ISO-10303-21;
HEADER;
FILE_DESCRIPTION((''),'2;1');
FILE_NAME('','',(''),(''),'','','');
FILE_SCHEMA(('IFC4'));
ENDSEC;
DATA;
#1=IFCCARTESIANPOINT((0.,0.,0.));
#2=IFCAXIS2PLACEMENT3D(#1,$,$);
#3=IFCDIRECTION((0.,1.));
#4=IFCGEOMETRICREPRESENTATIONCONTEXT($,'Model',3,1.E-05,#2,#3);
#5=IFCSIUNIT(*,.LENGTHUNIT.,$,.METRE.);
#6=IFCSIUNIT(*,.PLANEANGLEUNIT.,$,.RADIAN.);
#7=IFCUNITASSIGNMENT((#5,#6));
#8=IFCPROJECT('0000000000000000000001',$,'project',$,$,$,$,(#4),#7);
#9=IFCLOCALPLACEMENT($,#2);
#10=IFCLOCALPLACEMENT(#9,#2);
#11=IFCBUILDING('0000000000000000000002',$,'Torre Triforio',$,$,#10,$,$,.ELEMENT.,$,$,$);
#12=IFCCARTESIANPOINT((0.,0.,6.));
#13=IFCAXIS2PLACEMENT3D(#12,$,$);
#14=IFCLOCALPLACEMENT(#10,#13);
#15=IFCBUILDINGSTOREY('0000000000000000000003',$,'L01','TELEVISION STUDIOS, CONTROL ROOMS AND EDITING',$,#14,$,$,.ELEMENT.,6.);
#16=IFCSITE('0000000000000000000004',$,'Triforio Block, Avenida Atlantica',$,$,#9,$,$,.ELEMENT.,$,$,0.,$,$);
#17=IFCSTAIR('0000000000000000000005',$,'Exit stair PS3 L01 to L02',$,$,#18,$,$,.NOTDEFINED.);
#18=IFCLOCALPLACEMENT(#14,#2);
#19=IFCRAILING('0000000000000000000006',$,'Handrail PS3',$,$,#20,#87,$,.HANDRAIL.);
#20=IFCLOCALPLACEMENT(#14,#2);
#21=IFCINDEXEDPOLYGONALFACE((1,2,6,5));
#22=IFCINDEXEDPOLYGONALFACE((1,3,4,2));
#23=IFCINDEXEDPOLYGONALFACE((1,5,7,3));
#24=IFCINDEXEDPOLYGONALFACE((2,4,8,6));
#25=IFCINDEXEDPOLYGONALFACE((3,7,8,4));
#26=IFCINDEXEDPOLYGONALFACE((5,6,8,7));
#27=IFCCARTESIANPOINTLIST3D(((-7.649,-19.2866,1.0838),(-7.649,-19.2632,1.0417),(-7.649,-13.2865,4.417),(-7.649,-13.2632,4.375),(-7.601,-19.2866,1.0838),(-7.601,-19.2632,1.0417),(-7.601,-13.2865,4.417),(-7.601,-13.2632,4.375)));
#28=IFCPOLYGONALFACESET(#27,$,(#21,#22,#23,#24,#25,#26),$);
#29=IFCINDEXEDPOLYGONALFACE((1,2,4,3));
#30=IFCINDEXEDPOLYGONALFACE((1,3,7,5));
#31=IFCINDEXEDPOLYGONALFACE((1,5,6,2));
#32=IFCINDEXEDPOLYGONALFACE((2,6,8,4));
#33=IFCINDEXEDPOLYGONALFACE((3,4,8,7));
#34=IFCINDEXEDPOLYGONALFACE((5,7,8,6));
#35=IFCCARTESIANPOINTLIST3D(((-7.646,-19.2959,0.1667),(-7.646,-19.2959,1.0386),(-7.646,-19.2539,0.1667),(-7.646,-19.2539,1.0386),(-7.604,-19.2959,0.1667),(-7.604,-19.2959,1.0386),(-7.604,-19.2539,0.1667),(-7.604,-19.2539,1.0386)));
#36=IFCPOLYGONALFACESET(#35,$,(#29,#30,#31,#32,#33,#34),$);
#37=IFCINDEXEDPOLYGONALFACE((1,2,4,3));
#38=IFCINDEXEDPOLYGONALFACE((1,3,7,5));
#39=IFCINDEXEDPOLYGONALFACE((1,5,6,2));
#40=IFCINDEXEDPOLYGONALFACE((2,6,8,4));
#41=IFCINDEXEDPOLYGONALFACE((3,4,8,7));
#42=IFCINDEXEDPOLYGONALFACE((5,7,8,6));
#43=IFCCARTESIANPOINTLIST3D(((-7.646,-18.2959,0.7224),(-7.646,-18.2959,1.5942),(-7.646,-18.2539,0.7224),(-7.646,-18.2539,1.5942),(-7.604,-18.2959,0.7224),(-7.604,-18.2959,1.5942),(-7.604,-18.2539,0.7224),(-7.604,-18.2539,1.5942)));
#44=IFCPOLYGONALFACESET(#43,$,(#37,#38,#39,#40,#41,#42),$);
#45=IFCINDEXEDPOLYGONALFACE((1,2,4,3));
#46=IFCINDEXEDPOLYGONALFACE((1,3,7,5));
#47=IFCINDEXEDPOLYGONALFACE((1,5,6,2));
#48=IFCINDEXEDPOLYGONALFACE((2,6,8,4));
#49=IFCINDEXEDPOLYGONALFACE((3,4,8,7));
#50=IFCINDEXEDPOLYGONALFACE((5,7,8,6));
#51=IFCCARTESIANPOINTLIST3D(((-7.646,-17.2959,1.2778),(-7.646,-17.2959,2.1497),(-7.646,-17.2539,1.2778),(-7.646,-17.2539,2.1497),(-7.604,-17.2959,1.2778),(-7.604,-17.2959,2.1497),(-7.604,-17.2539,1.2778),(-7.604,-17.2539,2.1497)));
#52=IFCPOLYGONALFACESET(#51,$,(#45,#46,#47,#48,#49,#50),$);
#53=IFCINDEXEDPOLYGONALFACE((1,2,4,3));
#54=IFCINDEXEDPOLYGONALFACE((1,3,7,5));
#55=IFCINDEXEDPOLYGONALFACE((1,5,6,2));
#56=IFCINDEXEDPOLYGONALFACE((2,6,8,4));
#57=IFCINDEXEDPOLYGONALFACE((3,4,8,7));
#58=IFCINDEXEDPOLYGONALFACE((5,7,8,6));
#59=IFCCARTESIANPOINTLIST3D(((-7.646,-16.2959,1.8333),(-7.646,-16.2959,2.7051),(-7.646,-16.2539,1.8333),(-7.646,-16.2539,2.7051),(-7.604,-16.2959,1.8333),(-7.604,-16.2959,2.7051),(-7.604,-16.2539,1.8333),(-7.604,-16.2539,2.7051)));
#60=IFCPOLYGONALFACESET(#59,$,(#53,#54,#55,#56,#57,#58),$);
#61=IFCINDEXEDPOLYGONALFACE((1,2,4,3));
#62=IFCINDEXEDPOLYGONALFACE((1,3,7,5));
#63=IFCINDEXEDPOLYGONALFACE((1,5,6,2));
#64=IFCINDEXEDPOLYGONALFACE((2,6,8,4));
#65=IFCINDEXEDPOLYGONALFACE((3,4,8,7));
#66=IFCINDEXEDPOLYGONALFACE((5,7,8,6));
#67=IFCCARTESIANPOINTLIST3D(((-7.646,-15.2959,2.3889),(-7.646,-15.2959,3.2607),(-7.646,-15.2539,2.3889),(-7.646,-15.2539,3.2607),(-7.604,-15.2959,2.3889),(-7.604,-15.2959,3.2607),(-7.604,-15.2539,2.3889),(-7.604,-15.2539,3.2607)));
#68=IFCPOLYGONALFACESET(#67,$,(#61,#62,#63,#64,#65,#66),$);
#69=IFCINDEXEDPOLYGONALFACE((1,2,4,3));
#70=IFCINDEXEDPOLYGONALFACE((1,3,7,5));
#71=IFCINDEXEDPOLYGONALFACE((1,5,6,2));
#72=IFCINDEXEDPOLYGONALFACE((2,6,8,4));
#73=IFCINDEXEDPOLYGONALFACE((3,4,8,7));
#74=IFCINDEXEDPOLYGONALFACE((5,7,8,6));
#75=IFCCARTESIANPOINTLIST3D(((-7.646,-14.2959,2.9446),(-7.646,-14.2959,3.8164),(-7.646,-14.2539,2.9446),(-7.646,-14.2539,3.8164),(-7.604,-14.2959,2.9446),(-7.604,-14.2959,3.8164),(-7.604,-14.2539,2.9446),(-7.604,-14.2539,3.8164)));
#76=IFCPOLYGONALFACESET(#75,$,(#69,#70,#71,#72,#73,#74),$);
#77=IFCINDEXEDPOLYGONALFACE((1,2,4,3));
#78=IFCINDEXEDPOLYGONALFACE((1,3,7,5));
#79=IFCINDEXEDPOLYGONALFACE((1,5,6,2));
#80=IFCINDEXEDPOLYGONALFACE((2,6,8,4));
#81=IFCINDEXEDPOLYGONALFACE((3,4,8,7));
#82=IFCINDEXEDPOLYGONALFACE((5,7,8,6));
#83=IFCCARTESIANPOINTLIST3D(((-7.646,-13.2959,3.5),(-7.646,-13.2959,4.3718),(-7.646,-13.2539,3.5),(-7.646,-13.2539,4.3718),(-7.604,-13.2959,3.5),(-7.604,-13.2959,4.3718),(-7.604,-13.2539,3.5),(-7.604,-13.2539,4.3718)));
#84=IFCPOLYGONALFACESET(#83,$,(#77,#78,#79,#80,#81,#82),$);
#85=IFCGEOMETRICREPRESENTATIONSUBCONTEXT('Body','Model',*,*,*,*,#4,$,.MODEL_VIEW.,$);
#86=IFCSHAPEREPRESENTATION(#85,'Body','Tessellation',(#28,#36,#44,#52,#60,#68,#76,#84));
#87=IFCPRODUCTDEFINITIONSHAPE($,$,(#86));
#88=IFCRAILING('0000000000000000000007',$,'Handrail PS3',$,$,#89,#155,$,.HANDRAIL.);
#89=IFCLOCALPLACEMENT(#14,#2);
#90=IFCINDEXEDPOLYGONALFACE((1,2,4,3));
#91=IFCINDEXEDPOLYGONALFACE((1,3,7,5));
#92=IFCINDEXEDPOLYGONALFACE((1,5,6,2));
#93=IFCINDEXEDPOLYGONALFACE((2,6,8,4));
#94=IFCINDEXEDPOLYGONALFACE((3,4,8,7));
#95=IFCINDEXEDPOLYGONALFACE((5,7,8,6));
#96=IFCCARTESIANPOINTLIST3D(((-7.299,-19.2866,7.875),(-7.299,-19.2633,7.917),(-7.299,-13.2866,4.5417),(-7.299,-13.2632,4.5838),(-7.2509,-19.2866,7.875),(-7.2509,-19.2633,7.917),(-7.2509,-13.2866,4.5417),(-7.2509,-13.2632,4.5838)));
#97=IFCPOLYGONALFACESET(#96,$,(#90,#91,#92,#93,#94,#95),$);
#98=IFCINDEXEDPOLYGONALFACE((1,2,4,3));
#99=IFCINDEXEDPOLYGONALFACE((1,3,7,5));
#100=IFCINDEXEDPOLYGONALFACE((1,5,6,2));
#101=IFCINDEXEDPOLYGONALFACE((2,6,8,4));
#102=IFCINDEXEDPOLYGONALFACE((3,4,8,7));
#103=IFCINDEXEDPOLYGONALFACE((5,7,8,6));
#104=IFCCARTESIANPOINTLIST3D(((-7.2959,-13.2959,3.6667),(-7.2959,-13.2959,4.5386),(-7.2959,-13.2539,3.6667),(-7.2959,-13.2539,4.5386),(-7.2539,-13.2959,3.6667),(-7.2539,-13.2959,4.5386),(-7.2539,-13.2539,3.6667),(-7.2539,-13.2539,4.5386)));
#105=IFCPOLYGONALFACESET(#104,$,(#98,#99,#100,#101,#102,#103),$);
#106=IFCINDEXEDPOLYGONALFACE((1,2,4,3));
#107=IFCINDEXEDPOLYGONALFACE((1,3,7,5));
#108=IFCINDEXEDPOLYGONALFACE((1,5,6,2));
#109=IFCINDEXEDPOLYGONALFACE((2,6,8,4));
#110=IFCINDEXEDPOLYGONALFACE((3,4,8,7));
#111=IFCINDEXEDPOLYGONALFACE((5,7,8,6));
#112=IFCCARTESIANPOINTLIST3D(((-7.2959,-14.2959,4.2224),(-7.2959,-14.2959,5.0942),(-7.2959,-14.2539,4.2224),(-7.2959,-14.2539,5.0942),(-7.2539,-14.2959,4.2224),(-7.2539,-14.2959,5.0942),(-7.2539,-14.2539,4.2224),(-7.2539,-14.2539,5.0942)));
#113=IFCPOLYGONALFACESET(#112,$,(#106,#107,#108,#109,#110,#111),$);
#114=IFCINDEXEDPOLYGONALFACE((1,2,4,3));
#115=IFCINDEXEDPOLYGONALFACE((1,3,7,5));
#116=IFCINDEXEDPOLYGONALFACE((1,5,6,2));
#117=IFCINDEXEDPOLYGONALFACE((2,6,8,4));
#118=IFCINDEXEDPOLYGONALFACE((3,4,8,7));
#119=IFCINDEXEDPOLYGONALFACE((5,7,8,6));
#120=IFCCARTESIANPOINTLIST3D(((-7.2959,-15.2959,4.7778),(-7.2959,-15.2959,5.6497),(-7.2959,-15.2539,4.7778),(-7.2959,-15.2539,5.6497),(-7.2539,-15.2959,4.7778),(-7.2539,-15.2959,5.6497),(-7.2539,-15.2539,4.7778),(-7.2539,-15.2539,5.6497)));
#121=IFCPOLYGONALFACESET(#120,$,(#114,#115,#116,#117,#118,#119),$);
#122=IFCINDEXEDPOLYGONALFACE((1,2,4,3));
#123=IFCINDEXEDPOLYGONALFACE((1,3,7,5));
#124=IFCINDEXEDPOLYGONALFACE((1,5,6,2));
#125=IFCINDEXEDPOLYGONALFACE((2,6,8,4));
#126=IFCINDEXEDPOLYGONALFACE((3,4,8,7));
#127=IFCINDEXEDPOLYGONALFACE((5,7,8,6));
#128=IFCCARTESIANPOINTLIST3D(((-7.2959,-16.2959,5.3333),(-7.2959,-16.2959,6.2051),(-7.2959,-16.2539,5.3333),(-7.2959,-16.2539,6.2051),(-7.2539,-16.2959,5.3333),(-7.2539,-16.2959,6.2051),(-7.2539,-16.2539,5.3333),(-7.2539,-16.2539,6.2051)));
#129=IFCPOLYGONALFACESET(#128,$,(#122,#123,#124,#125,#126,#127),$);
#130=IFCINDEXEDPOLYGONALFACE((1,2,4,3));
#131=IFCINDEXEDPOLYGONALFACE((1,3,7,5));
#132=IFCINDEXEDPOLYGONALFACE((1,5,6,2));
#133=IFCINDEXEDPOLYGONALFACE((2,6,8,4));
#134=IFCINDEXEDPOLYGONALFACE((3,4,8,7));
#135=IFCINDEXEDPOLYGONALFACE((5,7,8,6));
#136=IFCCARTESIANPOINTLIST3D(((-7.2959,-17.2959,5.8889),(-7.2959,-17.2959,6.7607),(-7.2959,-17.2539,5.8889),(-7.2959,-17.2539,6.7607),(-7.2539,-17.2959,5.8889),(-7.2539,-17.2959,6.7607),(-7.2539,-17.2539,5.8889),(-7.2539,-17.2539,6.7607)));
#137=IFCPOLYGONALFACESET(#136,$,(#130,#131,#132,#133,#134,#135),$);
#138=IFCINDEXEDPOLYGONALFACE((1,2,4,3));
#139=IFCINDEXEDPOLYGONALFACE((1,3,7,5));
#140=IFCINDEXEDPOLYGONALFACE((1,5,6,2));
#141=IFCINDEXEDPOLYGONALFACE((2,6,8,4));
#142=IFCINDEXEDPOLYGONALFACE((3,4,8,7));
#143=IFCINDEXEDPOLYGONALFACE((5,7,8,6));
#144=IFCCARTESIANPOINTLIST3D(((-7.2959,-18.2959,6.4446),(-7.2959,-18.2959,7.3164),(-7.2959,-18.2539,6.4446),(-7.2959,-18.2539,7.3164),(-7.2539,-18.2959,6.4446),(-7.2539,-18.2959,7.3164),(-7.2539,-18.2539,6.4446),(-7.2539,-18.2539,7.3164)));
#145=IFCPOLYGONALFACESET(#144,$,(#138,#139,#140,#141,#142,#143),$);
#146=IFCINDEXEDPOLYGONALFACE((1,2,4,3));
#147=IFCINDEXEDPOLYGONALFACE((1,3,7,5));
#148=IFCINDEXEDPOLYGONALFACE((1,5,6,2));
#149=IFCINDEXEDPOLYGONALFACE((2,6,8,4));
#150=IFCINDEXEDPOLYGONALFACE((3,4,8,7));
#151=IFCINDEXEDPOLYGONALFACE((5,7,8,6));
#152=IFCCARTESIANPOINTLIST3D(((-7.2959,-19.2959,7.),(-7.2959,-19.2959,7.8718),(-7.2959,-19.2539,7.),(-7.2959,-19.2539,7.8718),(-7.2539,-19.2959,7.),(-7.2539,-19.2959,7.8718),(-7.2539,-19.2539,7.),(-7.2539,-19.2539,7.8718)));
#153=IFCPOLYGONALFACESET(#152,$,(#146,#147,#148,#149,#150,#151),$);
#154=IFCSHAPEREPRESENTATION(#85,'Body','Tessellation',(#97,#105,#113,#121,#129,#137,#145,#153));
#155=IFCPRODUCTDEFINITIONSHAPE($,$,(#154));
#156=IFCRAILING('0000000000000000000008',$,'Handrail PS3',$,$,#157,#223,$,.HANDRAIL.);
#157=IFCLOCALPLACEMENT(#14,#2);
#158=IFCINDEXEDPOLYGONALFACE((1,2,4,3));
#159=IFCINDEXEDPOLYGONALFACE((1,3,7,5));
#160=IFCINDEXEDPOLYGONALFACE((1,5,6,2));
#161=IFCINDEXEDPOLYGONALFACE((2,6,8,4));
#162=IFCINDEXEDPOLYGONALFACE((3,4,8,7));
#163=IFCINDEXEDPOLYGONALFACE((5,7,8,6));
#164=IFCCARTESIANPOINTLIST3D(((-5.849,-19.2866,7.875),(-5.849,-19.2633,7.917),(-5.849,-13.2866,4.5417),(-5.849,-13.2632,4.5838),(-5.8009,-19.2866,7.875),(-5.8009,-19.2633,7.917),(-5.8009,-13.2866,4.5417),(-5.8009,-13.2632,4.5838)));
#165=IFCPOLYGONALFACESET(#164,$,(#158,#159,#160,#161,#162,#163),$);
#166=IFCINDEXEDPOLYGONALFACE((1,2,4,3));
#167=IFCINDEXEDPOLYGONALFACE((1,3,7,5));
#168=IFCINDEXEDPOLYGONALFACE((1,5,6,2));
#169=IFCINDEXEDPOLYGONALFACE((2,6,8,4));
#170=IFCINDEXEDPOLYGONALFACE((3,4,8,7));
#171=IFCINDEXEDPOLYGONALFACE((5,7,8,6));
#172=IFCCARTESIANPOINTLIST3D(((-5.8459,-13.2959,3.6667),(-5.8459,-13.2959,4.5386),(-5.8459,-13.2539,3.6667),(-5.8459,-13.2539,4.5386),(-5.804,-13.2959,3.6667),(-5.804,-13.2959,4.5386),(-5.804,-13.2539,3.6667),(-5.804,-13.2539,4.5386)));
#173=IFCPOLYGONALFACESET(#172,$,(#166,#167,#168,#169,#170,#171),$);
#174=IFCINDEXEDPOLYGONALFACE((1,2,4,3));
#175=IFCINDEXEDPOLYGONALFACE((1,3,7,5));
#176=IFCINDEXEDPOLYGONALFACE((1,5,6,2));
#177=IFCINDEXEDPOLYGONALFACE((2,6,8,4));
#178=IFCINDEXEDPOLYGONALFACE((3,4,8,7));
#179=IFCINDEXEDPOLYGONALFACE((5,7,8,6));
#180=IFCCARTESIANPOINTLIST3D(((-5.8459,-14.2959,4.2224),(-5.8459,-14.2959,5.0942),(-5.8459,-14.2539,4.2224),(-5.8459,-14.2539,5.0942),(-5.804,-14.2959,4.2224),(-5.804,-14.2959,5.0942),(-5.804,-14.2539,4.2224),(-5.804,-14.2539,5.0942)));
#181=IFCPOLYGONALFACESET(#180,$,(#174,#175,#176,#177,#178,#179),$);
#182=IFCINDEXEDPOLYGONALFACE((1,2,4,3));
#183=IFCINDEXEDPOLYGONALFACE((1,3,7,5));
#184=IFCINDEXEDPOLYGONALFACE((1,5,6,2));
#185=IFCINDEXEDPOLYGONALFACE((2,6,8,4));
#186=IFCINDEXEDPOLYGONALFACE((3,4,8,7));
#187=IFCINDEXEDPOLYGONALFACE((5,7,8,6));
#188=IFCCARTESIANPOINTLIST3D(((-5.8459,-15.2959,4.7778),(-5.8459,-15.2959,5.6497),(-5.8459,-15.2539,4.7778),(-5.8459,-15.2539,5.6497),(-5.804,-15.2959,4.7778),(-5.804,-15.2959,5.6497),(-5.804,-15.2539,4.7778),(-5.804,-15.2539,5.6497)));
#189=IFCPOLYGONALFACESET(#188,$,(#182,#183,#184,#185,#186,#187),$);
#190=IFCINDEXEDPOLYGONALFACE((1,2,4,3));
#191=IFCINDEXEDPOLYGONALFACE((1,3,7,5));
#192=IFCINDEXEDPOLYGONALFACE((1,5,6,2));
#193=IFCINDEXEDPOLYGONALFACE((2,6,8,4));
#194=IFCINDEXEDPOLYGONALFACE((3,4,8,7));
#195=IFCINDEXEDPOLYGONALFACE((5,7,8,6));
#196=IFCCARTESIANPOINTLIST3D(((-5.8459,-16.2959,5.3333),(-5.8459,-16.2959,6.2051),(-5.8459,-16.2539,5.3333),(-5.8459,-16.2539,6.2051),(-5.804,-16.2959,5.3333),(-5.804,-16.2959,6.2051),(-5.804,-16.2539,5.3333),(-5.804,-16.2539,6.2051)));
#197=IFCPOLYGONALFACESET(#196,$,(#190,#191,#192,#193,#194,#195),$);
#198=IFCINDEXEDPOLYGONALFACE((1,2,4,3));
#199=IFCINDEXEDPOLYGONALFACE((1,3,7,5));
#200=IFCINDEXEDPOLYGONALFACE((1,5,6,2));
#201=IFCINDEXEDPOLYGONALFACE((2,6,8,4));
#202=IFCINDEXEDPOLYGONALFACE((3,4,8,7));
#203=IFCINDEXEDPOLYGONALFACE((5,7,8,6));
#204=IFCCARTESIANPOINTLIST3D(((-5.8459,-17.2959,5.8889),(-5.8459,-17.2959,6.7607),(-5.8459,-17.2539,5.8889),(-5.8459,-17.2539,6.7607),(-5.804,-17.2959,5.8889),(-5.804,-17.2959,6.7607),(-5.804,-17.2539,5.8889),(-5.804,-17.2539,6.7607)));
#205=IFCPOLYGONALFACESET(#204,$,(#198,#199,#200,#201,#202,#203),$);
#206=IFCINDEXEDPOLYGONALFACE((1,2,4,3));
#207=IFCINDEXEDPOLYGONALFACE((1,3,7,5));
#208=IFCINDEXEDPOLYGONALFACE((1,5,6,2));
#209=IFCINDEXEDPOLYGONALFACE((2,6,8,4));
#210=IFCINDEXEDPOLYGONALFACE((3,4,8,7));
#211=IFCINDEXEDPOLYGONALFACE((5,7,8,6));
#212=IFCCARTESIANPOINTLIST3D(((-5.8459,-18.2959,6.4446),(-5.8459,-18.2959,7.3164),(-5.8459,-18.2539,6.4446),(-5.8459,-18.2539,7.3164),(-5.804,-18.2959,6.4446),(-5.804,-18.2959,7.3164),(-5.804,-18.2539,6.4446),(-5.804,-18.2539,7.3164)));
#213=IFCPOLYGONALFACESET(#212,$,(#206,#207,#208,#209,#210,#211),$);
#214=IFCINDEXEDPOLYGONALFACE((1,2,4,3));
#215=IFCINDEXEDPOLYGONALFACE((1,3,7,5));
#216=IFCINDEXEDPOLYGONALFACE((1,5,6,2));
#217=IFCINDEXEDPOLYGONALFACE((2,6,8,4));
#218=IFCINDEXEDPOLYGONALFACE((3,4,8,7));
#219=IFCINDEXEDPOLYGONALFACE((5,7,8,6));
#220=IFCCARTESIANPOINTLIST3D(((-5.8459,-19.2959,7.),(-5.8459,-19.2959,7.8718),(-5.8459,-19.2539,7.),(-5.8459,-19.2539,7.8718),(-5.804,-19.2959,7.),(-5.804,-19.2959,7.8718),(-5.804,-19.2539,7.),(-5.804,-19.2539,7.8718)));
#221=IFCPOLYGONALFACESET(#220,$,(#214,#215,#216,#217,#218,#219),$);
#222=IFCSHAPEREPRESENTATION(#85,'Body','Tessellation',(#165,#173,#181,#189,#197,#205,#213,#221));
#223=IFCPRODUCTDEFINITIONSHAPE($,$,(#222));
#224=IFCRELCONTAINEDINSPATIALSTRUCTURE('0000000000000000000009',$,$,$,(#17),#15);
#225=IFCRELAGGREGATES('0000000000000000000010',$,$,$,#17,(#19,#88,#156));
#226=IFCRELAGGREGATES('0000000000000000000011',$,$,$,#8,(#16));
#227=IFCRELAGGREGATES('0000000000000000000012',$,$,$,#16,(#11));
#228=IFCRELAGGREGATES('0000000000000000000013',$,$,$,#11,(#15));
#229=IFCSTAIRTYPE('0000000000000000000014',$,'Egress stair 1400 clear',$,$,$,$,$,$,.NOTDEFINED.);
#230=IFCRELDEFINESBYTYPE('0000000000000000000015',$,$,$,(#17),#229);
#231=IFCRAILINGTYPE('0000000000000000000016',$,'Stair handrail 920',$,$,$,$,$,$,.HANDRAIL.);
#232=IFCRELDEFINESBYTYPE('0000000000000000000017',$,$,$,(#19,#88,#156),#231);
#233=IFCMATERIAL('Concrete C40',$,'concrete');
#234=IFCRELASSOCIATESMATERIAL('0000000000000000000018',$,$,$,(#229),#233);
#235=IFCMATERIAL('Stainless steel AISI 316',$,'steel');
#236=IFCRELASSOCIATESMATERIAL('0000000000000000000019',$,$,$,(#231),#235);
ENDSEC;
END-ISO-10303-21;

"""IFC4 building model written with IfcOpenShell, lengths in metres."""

from ifc_helpers import new_model, si_unit, direction, frame, origin, origin_2d, place, context, subcontext, project, spatial, rectangle, extrude, material, type_object, element, aggregate, save


model = new_model("IFC4")

# Units and contexts
model_context = context("Model", 3, precision=1e-05, world=origin(), true_north=direction((0.0, 1.0)))
body_context = subcontext(model_context, "Body", "Model", "MODEL_VIEW")
ifc_project = project(units=[si_unit("LENGTHUNIT", "METRE"), si_unit("PLANEANGLEUNIT", "RADIAN")], contexts=[model_context])

# Site, building, storey
site_placement = place(None, origin())
site = spatial("IfcSite", under=ifc_project, at=site_placement, Name="Triforio Block, Avenida Atlantica", CompositionType="ELEMENT", RefElevation=0.0)
building_placement = place(site_placement, origin())
building = spatial("IfcBuilding", under=site, at=building_placement, Name="Torre Triforio", CompositionType="ELEMENT")
storey_placement = place(building_placement, frame((0.0, 0.0, 6.0)))
storey = spatial("IfcBuildingStorey", under=building, at=storey_placement, Name="L01", Description="TELEVISION STUDIOS, CONTROL ROOMS AND EDITING", CompositionType="ELEMENT", Elevation=6.0)

# Shared definitions
ifc_material_1 = material(Name="Concrete C40", Category="concrete")

# Stair, railings
stair_type = type_object("IfcStairType", Name="Egress stair 1400 clear", PredefinedType="NOTDEFINED", material=ifc_material_1)
stair_placement = place(storey_placement, origin())
stair = element("IfcStair", 1, at=stair_placement, inside=storey, type_object=stair_type, Name="Exit stair PS3 L01 to L02", PredefinedType="NOTDEFINED")
ifc_material_2 = material(Name="Stainless steel AISI 316", Category="steel")
railing_type_1 = type_object("IfcRailingType", Name="Stair handrail 920", PredefinedType="HANDRAIL", material=ifc_material_2)
railing_1_placement = place(storey_placement, frame((-7.625, -19.2749, 0.1667)))
railing_1 = element("IfcRailing", 2, at=railing_1_placement, type_object=railing_type_1, Name="Handrail PS3", PredefinedType="HANDRAIL", context=body_context, shape_type="SweptSolid", body=[
    extrude(rectangle(XDim=0.0481, YDim=0.0481, at=origin_2d()), frame((0.0, 0.0, 0.896), z_axis=(0.0, 0.874162, 0.485634), x_axis=(-1.0, 0.0, 0.0)), (0.0, 0.0, 1.0), 6.8638),
    extrude(rectangle(XDim=0.042, YDim=0.042, at=origin_2d()), origin(), (0.0, 0.0, 1.0), 0.8718),
    extrude(rectangle(XDim=0.042, YDim=0.042, at=origin_2d()), frame((0.0, 1.0, 0.5557)), (0.0, 0.0, 1.0), 0.8718),
    extrude(rectangle(XDim=0.042, YDim=0.042, at=origin_2d()), frame((0.0, 2.0, 1.1111)), (0.0, 0.0, 1.0), 0.8718),
    extrude(rectangle(XDim=0.042, YDim=0.042, at=origin_2d()), frame((0.0, 3.0, 1.6665)), (0.0, 0.0, 1.0), 0.8718),
    extrude(rectangle(XDim=0.042, YDim=0.042, at=origin_2d()), frame((0.0, 4.0, 2.2222)), (0.0, 0.0, 1.0), 0.8718),
    extrude(rectangle(XDim=0.042, YDim=0.042, at=origin_2d()), frame((0.0, 5.0, 2.7778)), (0.0, 0.0, 1.0), 0.8718),
    extrude(rectangle(XDim=0.042, YDim=0.042, at=origin_2d()), frame((0.0, 6.0, 3.3333)), (0.0, 0.0, 1.0), 0.8718),
])
railing_2_placement = place(storey_placement, frame((-7.2749, -13.2749, 3.6667)))
railing_2 = element("IfcRailing", 3, at=railing_2_placement, type_object=railing_type_1, Name="Handrail PS3", PredefinedType="HANDRAIL", context=body_context, shape_type="SweptSolid", body=[
    extrude(rectangle(XDim=0.0481, YDim=0.0481, at=origin_2d()), frame((0.0, 0.0, 0.896), z_axis=(0.0, -0.874162, 0.485634), x_axis=(1.0, 0.0, 0.0)), (0.0, 0.0, 1.0), 6.8638),
    extrude(rectangle(XDim=0.042, YDim=0.042, at=origin_2d()), origin(), (0.0, 0.0, 1.0), 0.8718),
    extrude(rectangle(XDim=0.042, YDim=0.042, at=origin_2d()), frame((0.0, -1.0, 0.5557)), (0.0, 0.0, 1.0), 0.8718),
    extrude(rectangle(XDim=0.042, YDim=0.042, at=origin_2d()), frame((0.0, -2.0, 1.1111)), (0.0, 0.0, 1.0), 0.8718),
    extrude(rectangle(XDim=0.042, YDim=0.042, at=origin_2d()), frame((0.0, -3.0, 1.6665)), (0.0, 0.0, 1.0), 0.8718),
    extrude(rectangle(XDim=0.042, YDim=0.042, at=origin_2d()), frame((0.0, -4.0, 2.2222)), (0.0, 0.0, 1.0), 0.8718),
    extrude(rectangle(XDim=0.042, YDim=0.042, at=origin_2d()), frame((0.0, -5.0, 2.7778)), (0.0, 0.0, 1.0), 0.8718),
    extrude(rectangle(XDim=0.042, YDim=0.042, at=origin_2d()), frame((0.0, -6.0, 3.3333)), (0.0, 0.0, 1.0), 0.8718),
])
railing_3_placement = place(storey_placement, frame((-5.825, -13.2749, 3.6667)))
railing_3 = element("IfcRailing", 4, at=railing_3_placement, type_object=railing_type_1, Name="Handrail PS3", PredefinedType="HANDRAIL", context=body_context, shape_type="SweptSolid", body=[
    extrude(rectangle(XDim=0.0481, YDim=0.0481, at=origin_2d()), frame((0.0, 0.0, 0.896), z_axis=(0.0, -0.874162, 0.485634), x_axis=(1.0, 0.0, 0.0)), (0.0, 0.0, 1.0), 6.8638),
    extrude(rectangle(XDim=0.042, YDim=0.042, at=origin_2d()), origin(), (0.0, 0.0, 1.0), 0.8718),
    extrude(rectangle(XDim=0.042, YDim=0.042, at=origin_2d()), frame((0.0, -1.0, 0.5557)), (0.0, 0.0, 1.0), 0.8718),
    extrude(rectangle(XDim=0.042, YDim=0.042, at=origin_2d()), frame((0.0, -2.0, 1.1111)), (0.0, 0.0, 1.0), 0.8718),
    extrude(rectangle(XDim=0.042, YDim=0.042, at=origin_2d()), frame((0.0, -3.0, 1.6665)), (0.0, 0.0, 1.0), 0.8718),
    extrude(rectangle(XDim=0.042, YDim=0.042, at=origin_2d()), frame((0.0, -4.0, 2.2222)), (0.0, 0.0, 1.0), 0.8718),
    extrude(rectangle(XDim=0.042, YDim=0.042, at=origin_2d()), frame((0.0, -5.0, 2.7778)), (0.0, 0.0, 1.0), 0.8718),
    extrude(rectangle(XDim=0.042, YDim=0.042, at=origin_2d()), frame((0.0, -6.0, 3.3333)), (0.0, 0.0, 1.0), 0.8718),
])
aggregate(stair, [railing_1, railing_2, railing_3])

save(model, "model.ifc")
